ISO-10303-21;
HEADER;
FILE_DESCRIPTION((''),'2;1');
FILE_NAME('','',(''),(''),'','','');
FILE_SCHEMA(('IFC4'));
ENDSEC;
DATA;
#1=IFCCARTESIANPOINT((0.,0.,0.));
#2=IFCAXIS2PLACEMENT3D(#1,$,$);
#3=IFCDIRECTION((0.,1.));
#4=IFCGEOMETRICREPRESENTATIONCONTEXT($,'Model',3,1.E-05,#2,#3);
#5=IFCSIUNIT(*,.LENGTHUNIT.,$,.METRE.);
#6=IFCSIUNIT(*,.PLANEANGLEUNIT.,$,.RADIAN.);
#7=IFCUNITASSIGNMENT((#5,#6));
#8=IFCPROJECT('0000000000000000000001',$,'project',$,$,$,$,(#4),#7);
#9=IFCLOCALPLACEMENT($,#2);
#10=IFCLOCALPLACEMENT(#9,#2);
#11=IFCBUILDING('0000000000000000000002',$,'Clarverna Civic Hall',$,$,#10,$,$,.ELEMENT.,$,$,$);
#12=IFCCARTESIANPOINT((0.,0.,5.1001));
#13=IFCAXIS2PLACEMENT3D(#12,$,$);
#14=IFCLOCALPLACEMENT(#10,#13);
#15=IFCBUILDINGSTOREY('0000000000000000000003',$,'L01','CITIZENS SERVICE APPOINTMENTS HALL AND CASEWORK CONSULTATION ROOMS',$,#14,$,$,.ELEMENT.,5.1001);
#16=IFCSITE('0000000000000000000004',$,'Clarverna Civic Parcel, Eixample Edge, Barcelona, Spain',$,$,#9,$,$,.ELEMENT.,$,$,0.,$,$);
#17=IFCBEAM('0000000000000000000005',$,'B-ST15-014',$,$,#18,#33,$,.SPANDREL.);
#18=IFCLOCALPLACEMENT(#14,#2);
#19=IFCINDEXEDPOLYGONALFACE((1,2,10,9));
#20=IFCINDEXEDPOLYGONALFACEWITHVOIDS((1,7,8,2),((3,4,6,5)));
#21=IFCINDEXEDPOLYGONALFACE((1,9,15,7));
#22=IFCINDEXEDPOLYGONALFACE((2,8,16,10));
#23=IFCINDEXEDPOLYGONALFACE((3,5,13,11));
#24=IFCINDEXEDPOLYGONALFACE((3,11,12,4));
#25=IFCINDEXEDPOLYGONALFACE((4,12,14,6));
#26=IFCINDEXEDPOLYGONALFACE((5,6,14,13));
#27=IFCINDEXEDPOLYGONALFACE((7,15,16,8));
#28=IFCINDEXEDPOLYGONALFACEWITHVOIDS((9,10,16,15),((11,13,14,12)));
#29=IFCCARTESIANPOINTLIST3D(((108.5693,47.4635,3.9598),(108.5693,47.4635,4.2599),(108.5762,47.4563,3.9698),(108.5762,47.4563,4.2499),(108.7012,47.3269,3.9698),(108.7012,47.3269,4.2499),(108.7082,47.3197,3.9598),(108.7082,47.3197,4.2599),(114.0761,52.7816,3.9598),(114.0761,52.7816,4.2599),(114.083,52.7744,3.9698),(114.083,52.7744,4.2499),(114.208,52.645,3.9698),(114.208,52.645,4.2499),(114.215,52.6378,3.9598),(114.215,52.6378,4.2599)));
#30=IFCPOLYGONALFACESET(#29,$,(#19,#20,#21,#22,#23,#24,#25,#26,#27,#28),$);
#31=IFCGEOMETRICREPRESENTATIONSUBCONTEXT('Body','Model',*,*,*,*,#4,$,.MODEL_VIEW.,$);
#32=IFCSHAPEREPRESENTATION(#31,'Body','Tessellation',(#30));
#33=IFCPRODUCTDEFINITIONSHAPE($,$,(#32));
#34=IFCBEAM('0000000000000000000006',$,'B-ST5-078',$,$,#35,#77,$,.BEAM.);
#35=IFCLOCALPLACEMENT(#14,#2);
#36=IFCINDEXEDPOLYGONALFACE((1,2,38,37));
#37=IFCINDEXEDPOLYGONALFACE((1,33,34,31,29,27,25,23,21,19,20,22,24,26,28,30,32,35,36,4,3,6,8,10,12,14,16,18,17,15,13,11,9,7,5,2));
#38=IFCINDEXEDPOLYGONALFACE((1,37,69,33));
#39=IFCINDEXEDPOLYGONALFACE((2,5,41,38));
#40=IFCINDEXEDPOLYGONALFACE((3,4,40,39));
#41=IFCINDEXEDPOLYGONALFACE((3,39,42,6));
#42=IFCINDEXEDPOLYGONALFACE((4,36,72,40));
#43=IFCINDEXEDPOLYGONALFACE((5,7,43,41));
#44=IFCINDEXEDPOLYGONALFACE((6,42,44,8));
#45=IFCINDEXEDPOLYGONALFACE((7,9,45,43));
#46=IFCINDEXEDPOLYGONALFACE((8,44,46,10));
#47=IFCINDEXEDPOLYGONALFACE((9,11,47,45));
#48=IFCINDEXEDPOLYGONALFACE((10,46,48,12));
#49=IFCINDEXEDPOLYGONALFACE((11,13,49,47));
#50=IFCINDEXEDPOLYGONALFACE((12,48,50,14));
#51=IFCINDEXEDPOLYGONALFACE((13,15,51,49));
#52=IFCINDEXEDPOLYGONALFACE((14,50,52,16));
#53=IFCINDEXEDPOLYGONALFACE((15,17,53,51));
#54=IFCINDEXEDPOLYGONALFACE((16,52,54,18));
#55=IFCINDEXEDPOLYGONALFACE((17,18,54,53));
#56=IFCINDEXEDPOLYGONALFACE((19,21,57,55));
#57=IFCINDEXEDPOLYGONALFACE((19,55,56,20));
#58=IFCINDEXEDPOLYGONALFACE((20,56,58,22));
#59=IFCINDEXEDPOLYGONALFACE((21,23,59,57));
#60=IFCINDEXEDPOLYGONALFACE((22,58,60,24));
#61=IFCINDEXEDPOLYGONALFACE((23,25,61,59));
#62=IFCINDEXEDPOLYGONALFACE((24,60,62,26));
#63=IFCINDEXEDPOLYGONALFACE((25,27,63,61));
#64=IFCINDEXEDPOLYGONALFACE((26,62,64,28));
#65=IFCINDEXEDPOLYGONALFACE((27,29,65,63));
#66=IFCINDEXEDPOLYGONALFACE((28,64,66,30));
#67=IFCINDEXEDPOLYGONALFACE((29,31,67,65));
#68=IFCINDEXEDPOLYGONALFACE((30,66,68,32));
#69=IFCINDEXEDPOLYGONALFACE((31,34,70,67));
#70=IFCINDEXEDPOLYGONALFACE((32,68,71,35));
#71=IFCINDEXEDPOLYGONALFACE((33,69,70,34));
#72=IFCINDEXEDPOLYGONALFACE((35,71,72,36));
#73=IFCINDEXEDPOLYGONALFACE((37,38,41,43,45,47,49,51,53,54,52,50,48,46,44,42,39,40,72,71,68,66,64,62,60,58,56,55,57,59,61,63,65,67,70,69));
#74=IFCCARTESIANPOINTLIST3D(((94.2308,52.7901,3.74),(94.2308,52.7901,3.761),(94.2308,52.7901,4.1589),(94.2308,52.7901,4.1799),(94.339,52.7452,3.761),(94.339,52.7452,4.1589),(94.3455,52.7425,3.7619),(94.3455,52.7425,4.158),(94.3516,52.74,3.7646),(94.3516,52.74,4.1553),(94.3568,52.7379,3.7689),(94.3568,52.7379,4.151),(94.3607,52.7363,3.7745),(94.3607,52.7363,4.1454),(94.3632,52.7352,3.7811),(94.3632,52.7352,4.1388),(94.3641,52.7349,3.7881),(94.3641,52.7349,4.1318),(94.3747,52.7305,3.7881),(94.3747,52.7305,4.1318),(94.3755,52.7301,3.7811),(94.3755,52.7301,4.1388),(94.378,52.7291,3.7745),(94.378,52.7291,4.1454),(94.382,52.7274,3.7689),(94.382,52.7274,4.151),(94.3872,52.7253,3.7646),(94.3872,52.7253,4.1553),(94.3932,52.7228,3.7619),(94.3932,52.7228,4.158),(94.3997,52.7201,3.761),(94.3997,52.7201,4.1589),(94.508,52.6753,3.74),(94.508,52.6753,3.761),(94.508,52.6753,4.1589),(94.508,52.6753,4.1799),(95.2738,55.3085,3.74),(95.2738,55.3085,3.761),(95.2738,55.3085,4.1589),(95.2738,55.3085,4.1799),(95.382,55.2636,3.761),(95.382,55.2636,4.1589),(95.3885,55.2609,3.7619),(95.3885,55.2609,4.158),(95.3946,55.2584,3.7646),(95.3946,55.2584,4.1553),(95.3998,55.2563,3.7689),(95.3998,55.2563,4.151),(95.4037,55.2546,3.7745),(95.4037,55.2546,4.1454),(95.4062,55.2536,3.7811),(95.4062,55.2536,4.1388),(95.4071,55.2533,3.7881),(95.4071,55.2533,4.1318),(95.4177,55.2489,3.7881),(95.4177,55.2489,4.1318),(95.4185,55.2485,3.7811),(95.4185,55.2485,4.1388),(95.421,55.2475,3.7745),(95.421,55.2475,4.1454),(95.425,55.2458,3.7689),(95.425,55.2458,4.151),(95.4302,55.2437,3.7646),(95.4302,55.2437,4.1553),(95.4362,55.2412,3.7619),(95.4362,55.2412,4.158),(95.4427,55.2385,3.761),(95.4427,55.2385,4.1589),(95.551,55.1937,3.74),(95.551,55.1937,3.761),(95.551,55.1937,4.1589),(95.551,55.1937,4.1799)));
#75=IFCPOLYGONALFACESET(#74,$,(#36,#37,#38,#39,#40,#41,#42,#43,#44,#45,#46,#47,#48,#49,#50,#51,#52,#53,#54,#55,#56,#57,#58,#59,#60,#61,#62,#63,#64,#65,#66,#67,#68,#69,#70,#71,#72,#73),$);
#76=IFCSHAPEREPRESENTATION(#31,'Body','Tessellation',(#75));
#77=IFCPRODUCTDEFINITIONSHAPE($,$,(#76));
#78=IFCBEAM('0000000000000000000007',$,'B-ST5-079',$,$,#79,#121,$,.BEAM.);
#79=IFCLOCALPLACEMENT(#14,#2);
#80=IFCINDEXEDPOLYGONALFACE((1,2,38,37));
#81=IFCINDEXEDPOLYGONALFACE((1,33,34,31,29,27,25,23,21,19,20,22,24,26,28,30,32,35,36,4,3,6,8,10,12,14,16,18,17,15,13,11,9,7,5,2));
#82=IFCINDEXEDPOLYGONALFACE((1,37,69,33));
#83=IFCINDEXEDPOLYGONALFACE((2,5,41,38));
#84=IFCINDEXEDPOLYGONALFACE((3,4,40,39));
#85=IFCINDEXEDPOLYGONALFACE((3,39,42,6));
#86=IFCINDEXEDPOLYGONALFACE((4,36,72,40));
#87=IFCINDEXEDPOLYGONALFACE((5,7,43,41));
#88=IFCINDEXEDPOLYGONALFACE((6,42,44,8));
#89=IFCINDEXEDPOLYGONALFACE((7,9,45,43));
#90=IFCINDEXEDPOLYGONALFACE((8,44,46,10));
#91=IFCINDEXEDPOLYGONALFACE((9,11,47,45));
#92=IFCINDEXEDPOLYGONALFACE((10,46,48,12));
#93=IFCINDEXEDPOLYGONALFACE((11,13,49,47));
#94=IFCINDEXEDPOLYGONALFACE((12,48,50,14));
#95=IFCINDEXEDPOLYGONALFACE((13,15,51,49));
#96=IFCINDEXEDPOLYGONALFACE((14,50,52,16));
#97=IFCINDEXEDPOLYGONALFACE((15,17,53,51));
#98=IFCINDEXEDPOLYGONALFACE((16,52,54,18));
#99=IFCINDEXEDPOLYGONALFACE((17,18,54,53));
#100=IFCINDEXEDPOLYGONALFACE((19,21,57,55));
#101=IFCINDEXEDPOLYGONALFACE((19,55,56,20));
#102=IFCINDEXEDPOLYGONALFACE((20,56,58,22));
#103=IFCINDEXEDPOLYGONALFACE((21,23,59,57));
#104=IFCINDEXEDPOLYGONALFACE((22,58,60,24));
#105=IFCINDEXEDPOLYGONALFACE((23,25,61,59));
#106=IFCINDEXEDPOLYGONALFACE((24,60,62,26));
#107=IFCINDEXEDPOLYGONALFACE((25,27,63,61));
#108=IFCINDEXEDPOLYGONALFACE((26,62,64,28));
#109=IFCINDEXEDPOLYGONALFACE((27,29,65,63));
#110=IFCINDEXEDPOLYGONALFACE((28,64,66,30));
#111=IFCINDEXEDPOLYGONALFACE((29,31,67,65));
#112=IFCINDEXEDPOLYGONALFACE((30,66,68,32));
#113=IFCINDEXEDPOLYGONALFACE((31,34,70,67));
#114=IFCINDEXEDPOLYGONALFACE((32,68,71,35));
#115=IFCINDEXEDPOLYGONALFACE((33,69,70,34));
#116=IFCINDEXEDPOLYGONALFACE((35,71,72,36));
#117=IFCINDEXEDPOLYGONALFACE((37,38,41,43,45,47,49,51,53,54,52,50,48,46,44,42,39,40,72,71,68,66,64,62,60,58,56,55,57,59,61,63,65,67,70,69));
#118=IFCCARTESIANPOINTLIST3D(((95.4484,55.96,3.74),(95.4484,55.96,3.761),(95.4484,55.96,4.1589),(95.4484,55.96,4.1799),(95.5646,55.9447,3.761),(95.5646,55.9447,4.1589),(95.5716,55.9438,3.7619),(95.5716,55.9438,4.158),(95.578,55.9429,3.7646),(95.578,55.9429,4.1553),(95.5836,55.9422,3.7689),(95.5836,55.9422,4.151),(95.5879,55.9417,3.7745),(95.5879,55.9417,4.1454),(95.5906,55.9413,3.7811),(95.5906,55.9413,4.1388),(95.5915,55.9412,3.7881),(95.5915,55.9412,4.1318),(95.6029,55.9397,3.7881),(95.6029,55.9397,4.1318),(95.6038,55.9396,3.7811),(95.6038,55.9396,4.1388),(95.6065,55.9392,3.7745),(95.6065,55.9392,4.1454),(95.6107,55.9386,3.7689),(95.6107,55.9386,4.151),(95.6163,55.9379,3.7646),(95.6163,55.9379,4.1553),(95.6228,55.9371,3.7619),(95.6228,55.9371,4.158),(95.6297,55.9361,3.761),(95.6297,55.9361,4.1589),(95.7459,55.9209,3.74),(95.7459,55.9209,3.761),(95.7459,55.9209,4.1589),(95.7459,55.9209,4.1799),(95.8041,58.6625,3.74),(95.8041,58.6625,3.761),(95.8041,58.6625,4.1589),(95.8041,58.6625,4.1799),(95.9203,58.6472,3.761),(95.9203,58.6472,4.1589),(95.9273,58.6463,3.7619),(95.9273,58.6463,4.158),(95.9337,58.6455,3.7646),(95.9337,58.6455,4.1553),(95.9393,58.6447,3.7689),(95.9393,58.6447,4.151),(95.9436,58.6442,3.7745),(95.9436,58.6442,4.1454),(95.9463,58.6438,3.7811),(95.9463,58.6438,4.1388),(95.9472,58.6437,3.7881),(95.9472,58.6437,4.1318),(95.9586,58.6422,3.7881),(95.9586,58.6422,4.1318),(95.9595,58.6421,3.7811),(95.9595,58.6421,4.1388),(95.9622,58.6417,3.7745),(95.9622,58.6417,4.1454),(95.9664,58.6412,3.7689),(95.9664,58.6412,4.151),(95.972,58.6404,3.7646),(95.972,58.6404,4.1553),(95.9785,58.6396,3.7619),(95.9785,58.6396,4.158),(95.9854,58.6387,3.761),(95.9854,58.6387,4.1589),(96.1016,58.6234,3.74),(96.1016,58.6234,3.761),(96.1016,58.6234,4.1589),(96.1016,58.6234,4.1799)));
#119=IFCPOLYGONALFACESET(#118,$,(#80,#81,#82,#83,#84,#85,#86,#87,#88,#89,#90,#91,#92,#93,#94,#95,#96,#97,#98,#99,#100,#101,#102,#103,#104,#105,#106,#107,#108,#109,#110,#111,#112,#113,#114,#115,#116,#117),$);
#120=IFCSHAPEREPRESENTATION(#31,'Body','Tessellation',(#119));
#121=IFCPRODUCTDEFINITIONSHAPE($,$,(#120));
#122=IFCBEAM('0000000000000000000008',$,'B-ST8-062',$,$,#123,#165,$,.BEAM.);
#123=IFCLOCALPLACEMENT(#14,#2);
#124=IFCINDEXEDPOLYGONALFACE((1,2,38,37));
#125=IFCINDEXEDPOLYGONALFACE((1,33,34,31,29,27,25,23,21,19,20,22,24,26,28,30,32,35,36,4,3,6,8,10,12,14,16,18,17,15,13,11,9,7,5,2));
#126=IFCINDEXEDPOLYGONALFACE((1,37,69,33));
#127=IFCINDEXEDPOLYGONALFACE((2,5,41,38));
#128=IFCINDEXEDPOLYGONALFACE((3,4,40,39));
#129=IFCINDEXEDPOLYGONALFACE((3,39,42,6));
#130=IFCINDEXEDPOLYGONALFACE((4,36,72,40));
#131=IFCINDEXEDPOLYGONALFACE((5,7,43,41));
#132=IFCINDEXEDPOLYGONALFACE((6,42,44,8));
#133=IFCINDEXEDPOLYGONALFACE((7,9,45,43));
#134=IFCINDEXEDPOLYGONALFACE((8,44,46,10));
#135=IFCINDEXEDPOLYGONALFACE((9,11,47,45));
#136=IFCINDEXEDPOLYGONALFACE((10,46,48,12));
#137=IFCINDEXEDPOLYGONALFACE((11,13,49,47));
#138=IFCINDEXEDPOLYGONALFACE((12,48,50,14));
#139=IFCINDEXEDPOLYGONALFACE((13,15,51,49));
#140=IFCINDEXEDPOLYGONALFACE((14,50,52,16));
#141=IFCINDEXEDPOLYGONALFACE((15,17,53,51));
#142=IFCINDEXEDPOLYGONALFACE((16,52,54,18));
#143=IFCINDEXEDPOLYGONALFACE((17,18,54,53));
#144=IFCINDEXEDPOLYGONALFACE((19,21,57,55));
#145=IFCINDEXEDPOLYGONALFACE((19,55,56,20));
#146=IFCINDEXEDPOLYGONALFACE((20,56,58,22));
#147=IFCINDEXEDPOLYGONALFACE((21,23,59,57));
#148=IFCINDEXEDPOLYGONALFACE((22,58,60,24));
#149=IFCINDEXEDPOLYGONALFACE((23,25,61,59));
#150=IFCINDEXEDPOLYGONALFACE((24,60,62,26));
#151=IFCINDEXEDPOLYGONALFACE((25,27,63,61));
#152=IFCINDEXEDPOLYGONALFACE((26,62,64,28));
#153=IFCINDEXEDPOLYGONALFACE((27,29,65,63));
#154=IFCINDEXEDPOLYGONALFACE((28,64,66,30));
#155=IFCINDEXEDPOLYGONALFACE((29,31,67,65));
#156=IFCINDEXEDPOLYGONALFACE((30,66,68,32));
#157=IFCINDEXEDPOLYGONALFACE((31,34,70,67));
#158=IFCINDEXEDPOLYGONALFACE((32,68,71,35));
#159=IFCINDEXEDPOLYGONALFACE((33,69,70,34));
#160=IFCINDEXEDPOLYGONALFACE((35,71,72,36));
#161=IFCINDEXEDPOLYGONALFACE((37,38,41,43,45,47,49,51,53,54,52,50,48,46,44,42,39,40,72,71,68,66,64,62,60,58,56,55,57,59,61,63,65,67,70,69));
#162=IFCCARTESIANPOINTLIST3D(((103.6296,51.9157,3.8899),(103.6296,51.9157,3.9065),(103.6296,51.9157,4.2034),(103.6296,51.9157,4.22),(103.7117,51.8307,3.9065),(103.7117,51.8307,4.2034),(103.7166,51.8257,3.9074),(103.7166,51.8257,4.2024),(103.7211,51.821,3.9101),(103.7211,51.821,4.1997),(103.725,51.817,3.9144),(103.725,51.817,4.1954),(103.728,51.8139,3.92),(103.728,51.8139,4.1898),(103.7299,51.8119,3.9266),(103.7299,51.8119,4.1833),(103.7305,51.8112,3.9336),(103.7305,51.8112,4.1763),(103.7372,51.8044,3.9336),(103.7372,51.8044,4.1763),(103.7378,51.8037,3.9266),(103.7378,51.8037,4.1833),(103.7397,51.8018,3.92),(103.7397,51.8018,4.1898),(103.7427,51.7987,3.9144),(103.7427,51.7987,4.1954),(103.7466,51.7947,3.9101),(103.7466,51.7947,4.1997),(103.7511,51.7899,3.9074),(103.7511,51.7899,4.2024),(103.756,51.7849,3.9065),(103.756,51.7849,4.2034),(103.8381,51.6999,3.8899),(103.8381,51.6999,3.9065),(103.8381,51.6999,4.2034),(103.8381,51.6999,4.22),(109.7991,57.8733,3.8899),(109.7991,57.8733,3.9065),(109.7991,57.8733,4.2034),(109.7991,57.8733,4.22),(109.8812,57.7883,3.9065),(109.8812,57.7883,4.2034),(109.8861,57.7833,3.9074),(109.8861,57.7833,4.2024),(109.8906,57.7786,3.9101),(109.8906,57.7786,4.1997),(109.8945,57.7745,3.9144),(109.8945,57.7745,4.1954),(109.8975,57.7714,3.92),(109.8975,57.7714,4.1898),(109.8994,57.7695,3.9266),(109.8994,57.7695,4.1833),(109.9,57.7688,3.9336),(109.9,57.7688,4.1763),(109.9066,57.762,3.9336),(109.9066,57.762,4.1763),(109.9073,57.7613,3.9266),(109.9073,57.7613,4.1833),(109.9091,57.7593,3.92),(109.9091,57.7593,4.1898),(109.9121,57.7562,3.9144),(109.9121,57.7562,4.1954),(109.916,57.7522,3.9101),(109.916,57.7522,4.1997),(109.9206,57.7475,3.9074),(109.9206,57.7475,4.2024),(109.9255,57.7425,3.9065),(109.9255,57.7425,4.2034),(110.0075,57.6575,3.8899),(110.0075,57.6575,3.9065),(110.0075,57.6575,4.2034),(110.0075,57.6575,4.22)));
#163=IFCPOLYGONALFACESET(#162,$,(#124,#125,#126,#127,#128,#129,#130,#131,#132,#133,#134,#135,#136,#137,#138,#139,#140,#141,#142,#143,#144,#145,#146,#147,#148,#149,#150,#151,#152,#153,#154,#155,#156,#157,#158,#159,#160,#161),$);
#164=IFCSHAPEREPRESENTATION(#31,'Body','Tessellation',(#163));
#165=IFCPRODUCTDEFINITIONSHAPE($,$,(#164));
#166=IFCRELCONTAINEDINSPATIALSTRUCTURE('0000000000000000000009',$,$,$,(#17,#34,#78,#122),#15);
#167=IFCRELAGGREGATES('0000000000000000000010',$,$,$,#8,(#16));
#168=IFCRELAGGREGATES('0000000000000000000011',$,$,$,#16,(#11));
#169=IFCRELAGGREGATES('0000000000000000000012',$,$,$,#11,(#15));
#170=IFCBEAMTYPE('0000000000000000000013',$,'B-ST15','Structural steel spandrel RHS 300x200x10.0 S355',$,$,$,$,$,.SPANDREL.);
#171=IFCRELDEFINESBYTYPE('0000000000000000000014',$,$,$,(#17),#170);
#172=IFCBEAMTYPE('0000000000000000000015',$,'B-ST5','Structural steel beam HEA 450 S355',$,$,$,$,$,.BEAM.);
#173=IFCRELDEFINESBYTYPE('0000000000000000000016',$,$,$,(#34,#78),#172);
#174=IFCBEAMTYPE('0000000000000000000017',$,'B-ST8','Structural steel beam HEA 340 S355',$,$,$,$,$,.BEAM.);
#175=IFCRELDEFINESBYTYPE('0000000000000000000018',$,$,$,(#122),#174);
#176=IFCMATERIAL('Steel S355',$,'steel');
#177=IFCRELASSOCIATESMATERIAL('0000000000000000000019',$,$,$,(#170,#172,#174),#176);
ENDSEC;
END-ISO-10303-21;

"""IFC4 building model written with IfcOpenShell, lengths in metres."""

from ifc_helpers import new_model, si_unit, direction, frame, origin, origin_2d, place, context, subcontext, project, spatial, hollow_rectangle, i_section, extrude, material, material_profile, profile_set, type_object, element, save


model = new_model("IFC4")

# Units and contexts
model_context = context("Model", 3, precision=1e-05, world=origin(), true_north=direction((0.0, 1.0)))
body_context = subcontext(model_context, "Body", "Model", "MODEL_VIEW")
ifc_project = project(units=[si_unit("LENGTHUNIT", "METRE"), si_unit("PLANEANGLEUNIT", "RADIAN")], contexts=[model_context])

# Site, building, storey
site_placement = place(None, origin())
site = spatial("IfcSite", under=ifc_project, at=site_placement, Name="Clarverna Civic Parcel, Eixample Edge, Barcelona, Spain", CompositionType="ELEMENT", RefElevation=0.0)
building_placement = place(site_placement, origin())
building = spatial("IfcBuilding", under=site, at=building_placement, Name="Clarverna Civic Hall", CompositionType="ELEMENT")
storey_placement = place(building_placement, frame((0.0, 0.0, 5.1001)))
storey = spatial("IfcBuildingStorey", under=building, at=storey_placement, Name="L01", Description="CITIZENS SERVICE APPOINTMENTS HALL AND CASEWORK CONSULTATION ROOMS", CompositionType="ELEMENT", Elevation=5.1001)

# Beams
ifc_material_1 = material(Name="Steel S355", Category="steel")
ifc_material_profile_1 = material_profile(ifc_material_1, hollow_rectangle(XDim=0.2, YDim=0.3, WallThickness=0.01, at=origin_2d()), Name="RHS 300x200x10.0")
ifc_profile_set_1 = profile_set([ifc_material_profile_1], Name="Steel S355")
beam_type_1 = type_object("IfcBeamType", Name="B-ST15", Description="Structural steel spandrel RHS 300x200x10.0 S355", PredefinedType="SPANDREL", material=ifc_profile_set_1)
beam_1_placement = place(storey_placement, frame((114.1455, 52.7097, 4.1099), z_axis=(-0.719325, -0.694674, 0.0), x_axis=(0.694674, -0.719325, 0.0)))
element("IfcBeam", 1, at=beam_1_placement, inside=storey, type_object=beam_type_1, Name="B-ST15-014", PredefinedType="SPANDREL", context=body_context, shape_type="SweptSolid", body=[
    extrude(hollow_rectangle(XDim=0.2, YDim=0.3, WallThickness=0.01, at=origin_2d()), origin(), (0.0, 0.0, 1.0), 7.6555),
])
ifc_material_profile_2 = material_profile(ifc_material_1, i_section(OverallWidth=0.3, OverallDepth=0.4399, WebThickness=0.0115, FlangeThickness=0.021, FilletRadius=0.0271, at=origin_2d()), Name="HEA 450")
ifc_profile_set_2 = profile_set([ifc_material_profile_2], Name="Steel S355")
beam_type_2 = type_object("IfcBeamType", Name="B-ST5", Description="Structural steel beam HEA 450 S355", PredefinedType="BEAM", material=ifc_profile_set_2)
for number, where, z_axis, x_axis, name in (
    (2, (94.3694, 52.7327, 3.96), (0.382637, 0.923899, 0.0), (-0.923899, 0.382637, 0.0), "B-ST5-078"),
    (3, (95.5972, 55.9404, 3.96), (0.130492, 0.991449, 0.0), (-0.991449, 0.130492, 0.0), "B-ST5-079"),
):
    element("IfcBeam", number, at=place(storey_placement, frame(where, z_axis=z_axis, x_axis=x_axis)), inside=storey, type_object=beam_type_2, Name=name, PredefinedType="BEAM", context=body_context, shape_type="SweptSolid", body=[
        extrude(i_section(OverallWidth=0.3, OverallDepth=0.4399, WebThickness=0.0115, FlangeThickness=0.021, FilletRadius=0.0271, at=origin_2d()), origin(), (0.0, 0.0, 1.0), 2.7258),
    ])
ifc_material_profile_3 = material_profile(ifc_material_1, i_section(OverallWidth=0.3, OverallDepth=0.3301, WebThickness=0.0095, FlangeThickness=0.0166, FilletRadius=0.0271, at=origin_2d()), Name="HEA 340")
ifc_profile_set_3 = profile_set([ifc_material_profile_3], Name="Steel S355")
beam_type_3 = type_object("IfcBeamType", Name="B-ST8", Description="Structural steel beam HEA 340 S355", PredefinedType="BEAM", material=ifc_profile_set_3)
beam_2_placement = place(storey_placement, frame((109.9033, 57.7654, 4.0549), z_axis=(-0.719353, -0.694644, 0.0), x_axis=(0.694644, -0.719353, 0.0)))
element("IfcBeam", 4, at=beam_2_placement, inside=storey, type_object=beam_type_3, Name="B-ST8-062", PredefinedType="BEAM", context=body_context, shape_type="SweptSolid", body=[
    extrude(i_section(OverallWidth=0.3, OverallDepth=0.3301, WebThickness=0.0095, FlangeThickness=0.0166, FilletRadius=0.0271, at=origin_2d()), origin(), (0.0, 0.0, 1.0), 8.5764),
])

save(model, "model.ifc")
